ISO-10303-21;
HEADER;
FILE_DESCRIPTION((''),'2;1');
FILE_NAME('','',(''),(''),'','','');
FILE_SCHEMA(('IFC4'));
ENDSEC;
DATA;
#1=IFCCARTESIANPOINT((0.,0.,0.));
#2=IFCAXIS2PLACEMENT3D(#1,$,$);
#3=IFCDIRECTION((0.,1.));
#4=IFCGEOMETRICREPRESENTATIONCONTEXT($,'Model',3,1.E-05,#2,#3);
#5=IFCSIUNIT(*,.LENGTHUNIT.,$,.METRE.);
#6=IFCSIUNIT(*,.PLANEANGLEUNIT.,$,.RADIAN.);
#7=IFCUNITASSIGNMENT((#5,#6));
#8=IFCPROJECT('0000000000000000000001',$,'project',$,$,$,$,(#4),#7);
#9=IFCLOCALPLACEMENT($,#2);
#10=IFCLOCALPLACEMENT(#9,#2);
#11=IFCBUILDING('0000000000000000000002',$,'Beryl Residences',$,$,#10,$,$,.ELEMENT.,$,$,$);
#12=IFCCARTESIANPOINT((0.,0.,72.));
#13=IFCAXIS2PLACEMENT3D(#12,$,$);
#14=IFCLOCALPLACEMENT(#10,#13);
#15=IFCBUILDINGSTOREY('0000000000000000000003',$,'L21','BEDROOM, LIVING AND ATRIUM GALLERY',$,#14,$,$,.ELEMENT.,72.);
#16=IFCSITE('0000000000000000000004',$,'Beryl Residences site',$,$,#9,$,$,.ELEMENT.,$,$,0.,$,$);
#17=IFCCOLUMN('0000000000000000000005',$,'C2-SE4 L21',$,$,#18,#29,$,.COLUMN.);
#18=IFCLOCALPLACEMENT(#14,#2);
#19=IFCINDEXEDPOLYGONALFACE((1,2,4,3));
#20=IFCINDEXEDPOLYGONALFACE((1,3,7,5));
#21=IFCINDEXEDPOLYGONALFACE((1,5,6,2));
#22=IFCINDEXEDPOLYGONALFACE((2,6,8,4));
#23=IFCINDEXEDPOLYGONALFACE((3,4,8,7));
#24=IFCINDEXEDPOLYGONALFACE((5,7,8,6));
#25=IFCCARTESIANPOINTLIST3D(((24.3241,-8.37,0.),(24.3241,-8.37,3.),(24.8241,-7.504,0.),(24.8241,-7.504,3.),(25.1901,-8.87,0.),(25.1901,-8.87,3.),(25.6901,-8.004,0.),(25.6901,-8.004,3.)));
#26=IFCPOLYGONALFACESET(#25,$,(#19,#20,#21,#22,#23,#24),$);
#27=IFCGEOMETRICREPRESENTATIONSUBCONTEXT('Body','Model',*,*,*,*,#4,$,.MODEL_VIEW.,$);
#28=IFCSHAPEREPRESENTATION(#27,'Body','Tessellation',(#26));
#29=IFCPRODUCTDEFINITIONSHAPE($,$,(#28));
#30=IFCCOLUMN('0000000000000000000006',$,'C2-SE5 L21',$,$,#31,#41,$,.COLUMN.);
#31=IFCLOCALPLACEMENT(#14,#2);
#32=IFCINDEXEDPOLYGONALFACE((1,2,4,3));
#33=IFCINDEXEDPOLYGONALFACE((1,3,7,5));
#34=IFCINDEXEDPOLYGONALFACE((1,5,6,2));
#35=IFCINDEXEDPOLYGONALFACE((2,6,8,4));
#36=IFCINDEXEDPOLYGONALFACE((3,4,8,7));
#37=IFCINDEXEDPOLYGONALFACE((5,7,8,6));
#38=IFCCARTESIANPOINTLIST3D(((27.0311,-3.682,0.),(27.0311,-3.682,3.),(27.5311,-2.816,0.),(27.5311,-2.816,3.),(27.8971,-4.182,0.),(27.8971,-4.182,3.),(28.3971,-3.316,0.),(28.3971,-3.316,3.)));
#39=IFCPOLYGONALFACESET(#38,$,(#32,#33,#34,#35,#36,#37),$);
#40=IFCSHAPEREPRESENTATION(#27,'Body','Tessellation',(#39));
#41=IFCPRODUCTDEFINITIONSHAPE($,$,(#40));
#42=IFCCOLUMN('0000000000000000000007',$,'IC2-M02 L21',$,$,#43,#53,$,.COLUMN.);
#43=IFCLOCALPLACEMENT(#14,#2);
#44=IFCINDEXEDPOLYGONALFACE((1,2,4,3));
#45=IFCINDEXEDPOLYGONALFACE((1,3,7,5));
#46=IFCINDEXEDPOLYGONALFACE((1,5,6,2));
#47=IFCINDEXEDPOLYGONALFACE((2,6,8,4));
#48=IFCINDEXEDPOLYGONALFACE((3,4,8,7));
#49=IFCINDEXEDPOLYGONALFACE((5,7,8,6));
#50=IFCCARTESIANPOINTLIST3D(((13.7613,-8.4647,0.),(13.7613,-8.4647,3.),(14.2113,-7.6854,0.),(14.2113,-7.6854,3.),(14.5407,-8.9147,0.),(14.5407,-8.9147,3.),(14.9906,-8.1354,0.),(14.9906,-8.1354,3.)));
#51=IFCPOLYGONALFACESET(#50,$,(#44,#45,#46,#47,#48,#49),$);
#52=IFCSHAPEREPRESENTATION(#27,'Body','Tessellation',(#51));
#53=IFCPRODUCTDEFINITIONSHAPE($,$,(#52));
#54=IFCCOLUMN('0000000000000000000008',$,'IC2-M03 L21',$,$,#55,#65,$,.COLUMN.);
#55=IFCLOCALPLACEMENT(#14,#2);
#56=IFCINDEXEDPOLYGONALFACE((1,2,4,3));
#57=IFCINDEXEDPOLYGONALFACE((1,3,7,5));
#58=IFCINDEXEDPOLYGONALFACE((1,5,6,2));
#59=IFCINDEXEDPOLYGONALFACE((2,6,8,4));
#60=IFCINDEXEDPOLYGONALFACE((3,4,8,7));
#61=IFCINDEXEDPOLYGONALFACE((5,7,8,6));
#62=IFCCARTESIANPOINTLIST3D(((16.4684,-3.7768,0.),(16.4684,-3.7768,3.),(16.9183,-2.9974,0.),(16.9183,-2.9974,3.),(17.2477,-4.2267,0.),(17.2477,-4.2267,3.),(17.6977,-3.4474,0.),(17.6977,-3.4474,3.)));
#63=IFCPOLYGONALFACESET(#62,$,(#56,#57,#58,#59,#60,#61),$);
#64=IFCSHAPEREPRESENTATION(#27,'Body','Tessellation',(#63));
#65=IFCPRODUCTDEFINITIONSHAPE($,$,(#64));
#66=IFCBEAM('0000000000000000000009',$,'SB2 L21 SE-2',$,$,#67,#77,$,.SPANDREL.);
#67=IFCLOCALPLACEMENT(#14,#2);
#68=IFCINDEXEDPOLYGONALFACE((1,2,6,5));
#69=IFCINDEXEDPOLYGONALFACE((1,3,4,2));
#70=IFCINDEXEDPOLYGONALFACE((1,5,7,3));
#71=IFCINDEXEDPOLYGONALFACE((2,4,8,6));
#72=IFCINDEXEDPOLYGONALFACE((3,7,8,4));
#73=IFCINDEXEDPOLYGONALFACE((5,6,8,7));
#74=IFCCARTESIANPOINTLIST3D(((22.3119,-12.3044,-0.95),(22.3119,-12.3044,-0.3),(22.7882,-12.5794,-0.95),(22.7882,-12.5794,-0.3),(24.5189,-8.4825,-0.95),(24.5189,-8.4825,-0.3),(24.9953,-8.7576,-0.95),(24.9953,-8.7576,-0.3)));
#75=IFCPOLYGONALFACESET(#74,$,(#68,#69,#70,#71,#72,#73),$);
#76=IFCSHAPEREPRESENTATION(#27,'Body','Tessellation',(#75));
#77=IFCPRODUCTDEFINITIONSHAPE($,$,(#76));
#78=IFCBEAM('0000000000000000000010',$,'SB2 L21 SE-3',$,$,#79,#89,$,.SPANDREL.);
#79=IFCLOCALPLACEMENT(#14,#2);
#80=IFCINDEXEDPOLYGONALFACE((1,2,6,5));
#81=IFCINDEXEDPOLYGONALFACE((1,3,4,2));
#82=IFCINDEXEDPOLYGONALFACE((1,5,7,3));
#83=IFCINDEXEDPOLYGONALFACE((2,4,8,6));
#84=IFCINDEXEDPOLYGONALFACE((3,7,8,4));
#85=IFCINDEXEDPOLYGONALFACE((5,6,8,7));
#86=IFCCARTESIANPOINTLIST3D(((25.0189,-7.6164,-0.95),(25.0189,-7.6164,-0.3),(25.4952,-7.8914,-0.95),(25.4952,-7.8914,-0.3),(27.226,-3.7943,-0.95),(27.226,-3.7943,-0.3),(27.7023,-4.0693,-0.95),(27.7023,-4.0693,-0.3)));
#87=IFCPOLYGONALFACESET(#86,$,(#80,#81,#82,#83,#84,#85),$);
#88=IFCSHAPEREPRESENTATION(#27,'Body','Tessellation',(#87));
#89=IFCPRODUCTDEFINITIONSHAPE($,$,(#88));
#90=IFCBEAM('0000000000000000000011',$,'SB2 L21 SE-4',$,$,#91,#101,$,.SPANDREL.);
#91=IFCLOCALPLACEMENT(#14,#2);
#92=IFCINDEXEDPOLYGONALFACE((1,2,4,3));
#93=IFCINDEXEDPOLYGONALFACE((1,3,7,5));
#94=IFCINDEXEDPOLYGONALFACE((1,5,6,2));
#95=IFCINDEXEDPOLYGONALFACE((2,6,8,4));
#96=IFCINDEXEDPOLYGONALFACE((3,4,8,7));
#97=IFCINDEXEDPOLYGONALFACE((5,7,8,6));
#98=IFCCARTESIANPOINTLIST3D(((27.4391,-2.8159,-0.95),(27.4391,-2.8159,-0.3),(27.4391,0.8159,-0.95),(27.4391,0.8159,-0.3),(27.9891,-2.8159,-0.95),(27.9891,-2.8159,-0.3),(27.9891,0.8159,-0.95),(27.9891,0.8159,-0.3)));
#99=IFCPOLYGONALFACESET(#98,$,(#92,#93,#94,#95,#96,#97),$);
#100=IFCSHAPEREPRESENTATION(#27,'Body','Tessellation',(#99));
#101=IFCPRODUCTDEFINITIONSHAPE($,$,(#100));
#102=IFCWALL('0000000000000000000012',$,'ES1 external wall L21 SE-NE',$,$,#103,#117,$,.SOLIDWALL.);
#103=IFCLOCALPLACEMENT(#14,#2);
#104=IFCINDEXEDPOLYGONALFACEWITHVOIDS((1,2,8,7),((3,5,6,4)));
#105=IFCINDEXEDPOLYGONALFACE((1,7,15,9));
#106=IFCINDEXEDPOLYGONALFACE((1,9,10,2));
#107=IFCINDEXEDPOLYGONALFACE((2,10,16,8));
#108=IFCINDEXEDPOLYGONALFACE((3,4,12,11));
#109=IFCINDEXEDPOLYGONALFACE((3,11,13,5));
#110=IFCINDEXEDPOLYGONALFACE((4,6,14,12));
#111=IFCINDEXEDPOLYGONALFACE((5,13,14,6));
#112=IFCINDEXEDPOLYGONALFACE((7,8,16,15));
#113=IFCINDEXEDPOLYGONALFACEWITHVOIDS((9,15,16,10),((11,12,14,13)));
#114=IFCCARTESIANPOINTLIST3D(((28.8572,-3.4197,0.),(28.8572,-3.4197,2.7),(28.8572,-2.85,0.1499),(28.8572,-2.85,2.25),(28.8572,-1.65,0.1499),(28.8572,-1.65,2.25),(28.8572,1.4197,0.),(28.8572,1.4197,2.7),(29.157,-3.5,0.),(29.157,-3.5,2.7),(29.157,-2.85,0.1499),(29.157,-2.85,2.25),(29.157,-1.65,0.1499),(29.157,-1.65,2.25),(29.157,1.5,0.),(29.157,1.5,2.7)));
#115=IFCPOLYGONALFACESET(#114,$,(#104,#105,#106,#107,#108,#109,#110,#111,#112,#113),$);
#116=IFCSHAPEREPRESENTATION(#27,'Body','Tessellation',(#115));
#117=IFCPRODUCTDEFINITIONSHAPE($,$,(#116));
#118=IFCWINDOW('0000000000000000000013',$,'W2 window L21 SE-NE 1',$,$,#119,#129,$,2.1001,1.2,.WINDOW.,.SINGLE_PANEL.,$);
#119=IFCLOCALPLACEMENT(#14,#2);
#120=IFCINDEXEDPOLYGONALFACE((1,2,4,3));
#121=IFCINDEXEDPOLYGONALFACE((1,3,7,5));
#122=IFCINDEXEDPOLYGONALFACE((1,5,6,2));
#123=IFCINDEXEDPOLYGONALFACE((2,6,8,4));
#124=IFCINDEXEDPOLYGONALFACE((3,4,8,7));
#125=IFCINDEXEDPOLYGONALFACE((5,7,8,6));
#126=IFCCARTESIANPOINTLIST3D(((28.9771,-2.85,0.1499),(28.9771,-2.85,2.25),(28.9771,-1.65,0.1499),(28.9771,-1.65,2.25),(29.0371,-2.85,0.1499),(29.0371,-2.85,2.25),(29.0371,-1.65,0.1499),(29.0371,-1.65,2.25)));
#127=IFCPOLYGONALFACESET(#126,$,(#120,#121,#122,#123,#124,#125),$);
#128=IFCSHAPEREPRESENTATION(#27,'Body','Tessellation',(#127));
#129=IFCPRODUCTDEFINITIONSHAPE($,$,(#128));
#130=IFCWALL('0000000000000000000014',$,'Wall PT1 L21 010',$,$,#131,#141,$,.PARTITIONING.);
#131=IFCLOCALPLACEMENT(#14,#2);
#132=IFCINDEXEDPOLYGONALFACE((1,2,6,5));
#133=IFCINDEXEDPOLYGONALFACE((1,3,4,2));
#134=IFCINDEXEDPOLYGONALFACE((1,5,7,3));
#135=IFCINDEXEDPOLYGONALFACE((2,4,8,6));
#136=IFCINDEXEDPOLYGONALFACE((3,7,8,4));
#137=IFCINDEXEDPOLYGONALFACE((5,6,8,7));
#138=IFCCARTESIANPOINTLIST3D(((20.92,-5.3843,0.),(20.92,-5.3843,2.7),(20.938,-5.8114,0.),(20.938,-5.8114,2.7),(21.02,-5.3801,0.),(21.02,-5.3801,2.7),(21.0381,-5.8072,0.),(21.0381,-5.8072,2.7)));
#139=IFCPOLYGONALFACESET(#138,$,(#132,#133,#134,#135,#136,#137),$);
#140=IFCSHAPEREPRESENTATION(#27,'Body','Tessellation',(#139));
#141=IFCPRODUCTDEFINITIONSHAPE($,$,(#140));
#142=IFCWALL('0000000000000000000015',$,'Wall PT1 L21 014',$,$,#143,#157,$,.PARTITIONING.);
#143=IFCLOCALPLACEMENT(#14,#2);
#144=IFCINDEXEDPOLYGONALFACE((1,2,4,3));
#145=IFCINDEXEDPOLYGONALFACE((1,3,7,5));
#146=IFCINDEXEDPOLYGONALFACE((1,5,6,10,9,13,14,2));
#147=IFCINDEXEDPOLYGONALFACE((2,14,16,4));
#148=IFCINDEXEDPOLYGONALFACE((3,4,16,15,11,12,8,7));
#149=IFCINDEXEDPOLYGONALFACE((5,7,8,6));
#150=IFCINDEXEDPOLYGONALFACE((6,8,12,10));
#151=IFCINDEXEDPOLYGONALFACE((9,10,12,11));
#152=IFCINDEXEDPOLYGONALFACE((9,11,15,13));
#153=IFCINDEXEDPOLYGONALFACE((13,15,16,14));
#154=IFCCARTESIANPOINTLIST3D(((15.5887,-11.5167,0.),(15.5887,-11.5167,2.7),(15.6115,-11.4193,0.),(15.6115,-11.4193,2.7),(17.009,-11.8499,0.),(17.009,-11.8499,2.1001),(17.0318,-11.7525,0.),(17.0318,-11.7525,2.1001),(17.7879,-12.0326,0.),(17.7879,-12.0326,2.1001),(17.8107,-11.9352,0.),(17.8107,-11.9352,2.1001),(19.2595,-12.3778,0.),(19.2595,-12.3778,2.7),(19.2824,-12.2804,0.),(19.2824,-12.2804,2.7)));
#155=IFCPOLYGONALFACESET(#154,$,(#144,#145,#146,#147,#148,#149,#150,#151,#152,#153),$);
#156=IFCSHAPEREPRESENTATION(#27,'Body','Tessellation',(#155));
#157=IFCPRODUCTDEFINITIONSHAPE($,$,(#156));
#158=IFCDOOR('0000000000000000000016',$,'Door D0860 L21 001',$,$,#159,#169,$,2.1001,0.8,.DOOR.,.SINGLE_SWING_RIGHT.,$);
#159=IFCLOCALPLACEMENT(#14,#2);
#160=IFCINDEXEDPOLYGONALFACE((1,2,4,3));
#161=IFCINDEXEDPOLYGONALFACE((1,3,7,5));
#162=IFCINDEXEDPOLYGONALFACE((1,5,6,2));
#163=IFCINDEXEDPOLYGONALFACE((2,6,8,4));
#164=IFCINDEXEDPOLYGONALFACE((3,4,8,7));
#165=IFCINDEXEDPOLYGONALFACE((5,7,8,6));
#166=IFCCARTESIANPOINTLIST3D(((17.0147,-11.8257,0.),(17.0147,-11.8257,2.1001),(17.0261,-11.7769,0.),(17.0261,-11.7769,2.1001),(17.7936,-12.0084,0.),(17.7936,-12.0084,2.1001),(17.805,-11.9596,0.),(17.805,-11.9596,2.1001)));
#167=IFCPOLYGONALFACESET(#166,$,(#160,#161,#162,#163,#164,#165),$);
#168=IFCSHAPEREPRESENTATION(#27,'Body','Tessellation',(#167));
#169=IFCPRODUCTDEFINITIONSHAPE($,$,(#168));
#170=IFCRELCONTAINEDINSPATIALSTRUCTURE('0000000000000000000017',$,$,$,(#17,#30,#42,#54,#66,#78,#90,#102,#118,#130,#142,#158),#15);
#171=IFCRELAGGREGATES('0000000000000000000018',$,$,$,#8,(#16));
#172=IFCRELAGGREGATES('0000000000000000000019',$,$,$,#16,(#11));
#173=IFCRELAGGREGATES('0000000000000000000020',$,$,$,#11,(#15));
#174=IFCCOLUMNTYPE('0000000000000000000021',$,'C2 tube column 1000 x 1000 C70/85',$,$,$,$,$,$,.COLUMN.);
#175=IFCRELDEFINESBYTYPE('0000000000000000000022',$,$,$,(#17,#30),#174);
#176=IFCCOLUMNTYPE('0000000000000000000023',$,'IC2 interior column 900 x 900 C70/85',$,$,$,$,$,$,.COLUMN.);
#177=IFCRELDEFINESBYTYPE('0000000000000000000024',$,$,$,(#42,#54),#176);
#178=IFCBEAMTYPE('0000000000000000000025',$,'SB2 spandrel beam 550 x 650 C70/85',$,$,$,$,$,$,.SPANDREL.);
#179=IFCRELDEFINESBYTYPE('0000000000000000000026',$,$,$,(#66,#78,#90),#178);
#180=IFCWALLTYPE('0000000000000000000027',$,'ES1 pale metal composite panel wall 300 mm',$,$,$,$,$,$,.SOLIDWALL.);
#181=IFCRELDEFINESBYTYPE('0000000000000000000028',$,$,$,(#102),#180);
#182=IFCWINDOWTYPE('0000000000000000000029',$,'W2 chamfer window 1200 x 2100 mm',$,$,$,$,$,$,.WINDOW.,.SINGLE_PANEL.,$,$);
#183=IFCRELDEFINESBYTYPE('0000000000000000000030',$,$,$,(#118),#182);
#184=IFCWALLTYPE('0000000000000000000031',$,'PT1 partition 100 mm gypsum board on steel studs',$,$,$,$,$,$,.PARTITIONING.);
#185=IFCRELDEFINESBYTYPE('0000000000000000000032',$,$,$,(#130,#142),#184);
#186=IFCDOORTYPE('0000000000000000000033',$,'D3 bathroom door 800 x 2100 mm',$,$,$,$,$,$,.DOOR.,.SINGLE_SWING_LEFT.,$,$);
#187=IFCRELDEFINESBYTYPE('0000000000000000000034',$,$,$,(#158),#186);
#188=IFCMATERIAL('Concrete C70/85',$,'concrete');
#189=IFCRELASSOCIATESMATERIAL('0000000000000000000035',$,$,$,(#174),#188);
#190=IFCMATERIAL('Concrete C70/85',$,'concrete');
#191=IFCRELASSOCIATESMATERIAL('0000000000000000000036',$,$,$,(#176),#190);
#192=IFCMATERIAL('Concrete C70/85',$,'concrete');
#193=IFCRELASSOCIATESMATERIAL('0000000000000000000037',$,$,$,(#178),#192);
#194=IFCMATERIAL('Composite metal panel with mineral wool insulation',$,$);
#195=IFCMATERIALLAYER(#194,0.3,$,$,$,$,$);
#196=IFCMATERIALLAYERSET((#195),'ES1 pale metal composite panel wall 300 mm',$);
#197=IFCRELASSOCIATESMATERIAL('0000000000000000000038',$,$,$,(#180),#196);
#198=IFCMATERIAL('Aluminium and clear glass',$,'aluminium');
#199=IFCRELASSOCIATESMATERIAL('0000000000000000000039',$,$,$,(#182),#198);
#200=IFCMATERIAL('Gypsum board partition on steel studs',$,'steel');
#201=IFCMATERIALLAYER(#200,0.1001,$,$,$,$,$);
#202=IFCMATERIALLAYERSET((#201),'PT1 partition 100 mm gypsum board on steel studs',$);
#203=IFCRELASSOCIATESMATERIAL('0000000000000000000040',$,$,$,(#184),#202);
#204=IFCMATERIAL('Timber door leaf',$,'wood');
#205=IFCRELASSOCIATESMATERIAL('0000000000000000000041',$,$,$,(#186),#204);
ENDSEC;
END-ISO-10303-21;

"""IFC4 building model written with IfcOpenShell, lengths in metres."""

from ifc_helpers import new_model, si_unit, direction, frame, frame_2d, origin, origin_2d, place, context, subcontext, project, spatial, polyline, rectangle, outline, extrude, material, layer, layer_set, material_profile, profile_set, type_object, element, fill, save


model = new_model("IFC4")

# Units and contexts
model_context = context("Model", 3, precision=1e-05, world=origin(), true_north=direction((0.0, 1.0)))
body_context = subcontext(model_context, "Body", "Model", "MODEL_VIEW")
ifc_project = project(units=[si_unit("LENGTHUNIT", "METRE"), si_unit("PLANEANGLEUNIT", "RADIAN")], contexts=[model_context])

# Site, building, storey
site_placement = place(None, origin())
site = spatial("IfcSite", under=ifc_project, at=site_placement, Name="Beryl Residences site", CompositionType="ELEMENT", RefElevation=0.0)
building_placement = place(site_placement, origin())
building = spatial("IfcBuilding", under=site, at=building_placement, Name="Beryl Residences", CompositionType="ELEMENT")
storey_placement = place(building_placement, frame((0.0, 0.0, 72.0)))
storey = spatial("IfcBuildingStorey", under=building, at=storey_placement, Name="L21", Description="BEDROOM, LIVING AND ATRIUM GALLERY", CompositionType="ELEMENT", Elevation=72.0)

# Columns
ifc_material_1 = material(Name="Concrete C70/85", Category="concrete")
ifc_material_profile_1 = material_profile(ifc_material_1, rectangle(XDim=1.0, YDim=1.0, at=origin_2d()))
ifc_profile_set_1 = profile_set([ifc_material_profile_1], Name="Concrete C70/85")
column_type_1 = type_object("IfcColumnType", Name="C2 tube column 1000 x 1000 C70/85", PredefinedType="COLUMN", material=ifc_profile_set_1)
for number, where, z_axis, x_axis, name in (
    (1, (25.0071, -8.187, 0.0), (0.0, 0.0, 1.0), (0.5, 0.866025, 0.0), "C2-SE4 L21"),
    (2, (27.7141, -3.499, 0.0), (0.0, 0.0, 1.0), (0.5, 0.866025, 0.0), "C2-SE5 L21"),
):
    element("IfcColumn", number, at=place(storey_placement, frame(where, z_axis=z_axis, x_axis=x_axis)), inside=storey, type_object=column_type_1, Name=name, PredefinedType="COLUMN", context=body_context, shape_type="SweptSolid", body=[
        extrude(rectangle(XDim=1.0, YDim=1.0, at=origin_2d()), origin(), (0.0, 0.0, 1.0), 3.0),
    ])
ifc_material_2 = material(Name="Concrete C70/85", Category="concrete")
ifc_material_profile_2 = material_profile(ifc_material_2, rectangle(XDim=0.8999, YDim=0.8999, at=origin_2d()))
ifc_profile_set_2 = profile_set([ifc_material_profile_2], Name="Concrete C70/85")
column_type_2 = type_object("IfcColumnType", Name="IC2 interior column 900 x 900 C70/85", PredefinedType="COLUMN", material=ifc_profile_set_2)
for number, where, z_axis, x_axis, name in (
    (3, (14.376, -8.3, 0.0), (0.0, 0.0, 1.0), (0.5, 0.866025, 0.0), "IC2-M02 L21"),
    (4, (17.083, -3.6121, 0.0), (0.0, 0.0, 1.0), (0.5, 0.866025, 0.0), "IC2-M03 L21"),
):
    element("IfcColumn", number, at=place(storey_placement, frame(where, z_axis=z_axis, x_axis=x_axis)), inside=storey, type_object=column_type_2, Name=name, PredefinedType="COLUMN", context=body_context, shape_type="SweptSolid", body=[
        extrude(rectangle(XDim=0.8999, YDim=0.8999, at=origin_2d()), origin(), (0.0, 0.0, 1.0), 3.0),
    ])

# Beams
ifc_material_3 = material(Name="Concrete C70/85", Category="concrete")
ifc_material_profile_3 = material_profile(ifc_material_3, rectangle(XDim=0.55, YDim=0.6499, at=origin_2d()))
ifc_profile_set_3 = profile_set([ifc_material_profile_3], Name="Concrete C70/85")
beam_type = type_object("IfcBeamType", Name="SB2 spandrel beam 550 x 650 C70/85", PredefinedType="SPANDREL", material=ifc_profile_set_3)
beam_1_placement = place(storey_placement, frame((22.55, -12.4419, -0.625), z_axis=(0.50009, 0.865974, 0.0), x_axis=(-0.865974, 0.50009, 0.0)))
element("IfcBeam", 5, at=beam_1_placement, inside=storey, type_object=beam_type, Name="SB2 L21 SE-2", PredefinedType="SPANDREL", context=body_context, shape_type="SweptSolid", body=[
    extrude(rectangle(XDim=0.55, YDim=0.6499, at=origin_2d()), origin(), (0.0, 0.0, 1.0), 4.4133),
])
beam_2_placement = place(storey_placement, frame((25.2571, -7.7539, -0.625), z_axis=(0.500066, 0.865988, 0.0), x_axis=(-0.865988, 0.500066, 0.0)))
element("IfcBeam", 6, at=beam_2_placement, inside=storey, type_object=beam_type, Name="SB2 L21 SE-3", PredefinedType="SPANDREL", context=body_context, shape_type="SweptSolid", body=[
    extrude(rectangle(XDim=0.55, YDim=0.6499, at=origin_2d()), origin(), (0.0, 0.0, 1.0), 4.4136),
])
beam_3_placement = place(storey_placement, frame((27.7141, -2.8159, -0.625), z_axis=(0.0, 1.0, 0.0), x_axis=(-1.0, 0.0, 0.0)))
element("IfcBeam", 7, at=beam_3_placement, inside=storey, type_object=beam_type, Name="SB2 L21 SE-4", PredefinedType="SPANDREL", context=body_context, shape_type="SweptSolid", body=[
    extrude(rectangle(XDim=0.55, YDim=0.6499, at=origin_2d()), origin(), (0.0, 0.0, 1.0), 3.6318),
])

# Wall, opening, window
ifc_material_4 = material(Name="Composite metal panel with mineral wool insulation")
ifc_layer_1 = layer(ifc_material_4, 0.3)
ifc_layer_set_1 = layer_set([ifc_layer_1], Name="ES1 pale metal composite panel wall 300 mm")
wall_type_1 = type_object("IfcWallType", Name="ES1 pale metal composite panel wall 300 mm", PredefinedType="SOLIDWALL", material=ifc_layer_set_1)
wall_1_placement = place(storey_placement, frame((29.0071, -3.5, 0.0), z_axis=(0.0, 0.0, 1.0), x_axis=(0.0, 1.0, 0.0)))
wall_1 = element("IfcWall", 8, at=wall_1_placement, inside=storey, type_object=wall_type_1, Name="ES1 external wall L21 SE-NE", PredefinedType="SOLIDWALL", context=body_context, shape_type="SweptSolid", body=[
    extrude(outline(polyline([(0.0, -0.1499), (5.0, -0.1499), (4.9197, 0.1499), (0.0803, 0.1499), (0.0, -0.1499)])), origin(), (0.0, 0.0, 1.0), 2.7),
])
opening_1_placement = place(wall_1_placement, frame((0.6499, 0.0, 0.1499)))
opening_1 = element("IfcOpeningElement", 9, at=opening_1_placement, cuts=wall_1, PredefinedType="OPENING", context=body_context, shape_type="SweptSolid", body=[
    extrude(rectangle(XDim=1.2, YDim=2.1001, at=frame_2d((0.6001, 1.05))), frame((0.0, 0.1599, 0.0), z_axis=(0.0, -1.0, 0.0), x_axis=(1.0, 0.0, 0.0)), (0.0, 0.0, 1.0), 0.3201),
])
ifc_material_5 = material(Name="Aluminium and clear glass", Category="aluminium")
window_type = type_object("IfcWindowType", Name="W2 chamfer window 1200 x 2100 mm", PartitioningType="SINGLE_PANEL", PredefinedType="WINDOW", material=ifc_material_5)
window_placement = place(opening_1_placement, origin())
window = element("IfcWindow", 10, at=window_placement, inside=storey, type_object=window_type, Name="W2 window L21 SE-NE 1", OverallHeight=2.1001, OverallWidth=1.2, PartitioningType="SINGLE_PANEL", PredefinedType="WINDOW", context=body_context, shape_type="SweptSolid", body=[
    extrude(rectangle(XDim=1.2, YDim=2.1001, at=frame_2d((0.6001, 1.05))), frame((0.0, 0.03, 0.0), z_axis=(0.0, -1.0, 0.0), x_axis=(1.0, 0.0, 0.0)), (0.0, 0.0, 1.0), 0.0601),
])
fill(opening_1, window)

# Wall
ifc_material_6 = material(Name="Gypsum board partition on steel studs", Category="steel")
ifc_layer_2 = layer(ifc_material_6, 0.1001)
ifc_layer_set_2 = layer_set([ifc_layer_2], Name="PT1 partition 100 mm gypsum board on steel studs")
wall_type_2 = type_object("IfcWallType", Name="PT1 partition 100 mm gypsum board on steel studs", PredefinedType="PARTITIONING", material=ifc_layer_set_2)
wall_2_placement = place(storey_placement, frame((20.97, -5.3821, 0.0), z_axis=(0.0, 0.0, 1.0), x_axis=(0.042272, -0.999106, 0.0)))
element("IfcWall", 11, at=wall_2_placement, inside=storey, type_object=wall_type_2, Name="Wall PT1 L21 010", PredefinedType="PARTITIONING", context=body_context, shape_type="SweptSolid", body=[
    extrude(rectangle(XDim=0.4275, YDim=0.1001, at=frame_2d((0.2139, 0.0))), origin(), (0.0, 0.0, 1.0), 2.7),
])

# Wall, opening, door
wall_3_placement = place(storey_placement, frame((15.6001, -11.468, 0.0), z_axis=(0.0, 0.0, 1.0), x_axis=(0.973574, -0.228372, 0.0)))
wall_3 = element("IfcWall", 12, at=wall_3_placement, inside=storey, type_object=wall_type_2, Name="Wall PT1 L21 014", PredefinedType="PARTITIONING", context=body_context, shape_type="SweptSolid", body=[
    extrude(rectangle(XDim=3.7705, YDim=0.1001, at=frame_2d((1.8853, 0.0))), origin(), (0.0, 0.0, 1.0), 2.7),
])
opening_2_placement = place(wall_3_placement, frame((1.459, 0.0, 0.0)))
opening_2 = element("IfcOpeningElement", 13, at=opening_2_placement, cuts=wall_3, PredefinedType="OPENING", context=body_context, shape_type="SweptSolid", body=[
    extrude(rectangle(XDim=0.8, YDim=2.1001, at=frame_2d((0.3999, 1.05))), frame((0.0, 0.0601, 0.0), z_axis=(0.0, -1.0, 0.0), x_axis=(1.0, 0.0, 0.0)), (0.0, 0.0, 1.0), 0.1201),
])
ifc_material_7 = material(Name="Timber door leaf", Category="wood")
door_type_1 = type_object("IfcDoorType", Name="D3 bathroom door 800 x 2100 mm", OperationType="SINGLE_SWING_LEFT", PredefinedType="DOOR", material=ifc_material_7)
door_1_placement = place(opening_2_placement, origin())
door_1 = element("IfcDoor", 14, at=door_1_placement, inside=storey, type_object=door_type_1, Name="Door D0860 L21 001", OperationType="SINGLE_SWING_RIGHT", OverallHeight=2.1001, OverallWidth=0.8, PredefinedType="DOOR", context=body_context, shape_type="SweptSolid", body=[
    extrude(rectangle(XDim=0.8, YDim=2.1001, at=frame_2d((0.3999, 1.05))), frame((0.0, 0.0249, 0.0), z_axis=(0.0, -1.0, 0.0), x_axis=(1.0, 0.0, 0.0)), (0.0, 0.0, 1.0), 0.05),
])
fill(opening_2, door_1)

save(model, "model.ifc")
